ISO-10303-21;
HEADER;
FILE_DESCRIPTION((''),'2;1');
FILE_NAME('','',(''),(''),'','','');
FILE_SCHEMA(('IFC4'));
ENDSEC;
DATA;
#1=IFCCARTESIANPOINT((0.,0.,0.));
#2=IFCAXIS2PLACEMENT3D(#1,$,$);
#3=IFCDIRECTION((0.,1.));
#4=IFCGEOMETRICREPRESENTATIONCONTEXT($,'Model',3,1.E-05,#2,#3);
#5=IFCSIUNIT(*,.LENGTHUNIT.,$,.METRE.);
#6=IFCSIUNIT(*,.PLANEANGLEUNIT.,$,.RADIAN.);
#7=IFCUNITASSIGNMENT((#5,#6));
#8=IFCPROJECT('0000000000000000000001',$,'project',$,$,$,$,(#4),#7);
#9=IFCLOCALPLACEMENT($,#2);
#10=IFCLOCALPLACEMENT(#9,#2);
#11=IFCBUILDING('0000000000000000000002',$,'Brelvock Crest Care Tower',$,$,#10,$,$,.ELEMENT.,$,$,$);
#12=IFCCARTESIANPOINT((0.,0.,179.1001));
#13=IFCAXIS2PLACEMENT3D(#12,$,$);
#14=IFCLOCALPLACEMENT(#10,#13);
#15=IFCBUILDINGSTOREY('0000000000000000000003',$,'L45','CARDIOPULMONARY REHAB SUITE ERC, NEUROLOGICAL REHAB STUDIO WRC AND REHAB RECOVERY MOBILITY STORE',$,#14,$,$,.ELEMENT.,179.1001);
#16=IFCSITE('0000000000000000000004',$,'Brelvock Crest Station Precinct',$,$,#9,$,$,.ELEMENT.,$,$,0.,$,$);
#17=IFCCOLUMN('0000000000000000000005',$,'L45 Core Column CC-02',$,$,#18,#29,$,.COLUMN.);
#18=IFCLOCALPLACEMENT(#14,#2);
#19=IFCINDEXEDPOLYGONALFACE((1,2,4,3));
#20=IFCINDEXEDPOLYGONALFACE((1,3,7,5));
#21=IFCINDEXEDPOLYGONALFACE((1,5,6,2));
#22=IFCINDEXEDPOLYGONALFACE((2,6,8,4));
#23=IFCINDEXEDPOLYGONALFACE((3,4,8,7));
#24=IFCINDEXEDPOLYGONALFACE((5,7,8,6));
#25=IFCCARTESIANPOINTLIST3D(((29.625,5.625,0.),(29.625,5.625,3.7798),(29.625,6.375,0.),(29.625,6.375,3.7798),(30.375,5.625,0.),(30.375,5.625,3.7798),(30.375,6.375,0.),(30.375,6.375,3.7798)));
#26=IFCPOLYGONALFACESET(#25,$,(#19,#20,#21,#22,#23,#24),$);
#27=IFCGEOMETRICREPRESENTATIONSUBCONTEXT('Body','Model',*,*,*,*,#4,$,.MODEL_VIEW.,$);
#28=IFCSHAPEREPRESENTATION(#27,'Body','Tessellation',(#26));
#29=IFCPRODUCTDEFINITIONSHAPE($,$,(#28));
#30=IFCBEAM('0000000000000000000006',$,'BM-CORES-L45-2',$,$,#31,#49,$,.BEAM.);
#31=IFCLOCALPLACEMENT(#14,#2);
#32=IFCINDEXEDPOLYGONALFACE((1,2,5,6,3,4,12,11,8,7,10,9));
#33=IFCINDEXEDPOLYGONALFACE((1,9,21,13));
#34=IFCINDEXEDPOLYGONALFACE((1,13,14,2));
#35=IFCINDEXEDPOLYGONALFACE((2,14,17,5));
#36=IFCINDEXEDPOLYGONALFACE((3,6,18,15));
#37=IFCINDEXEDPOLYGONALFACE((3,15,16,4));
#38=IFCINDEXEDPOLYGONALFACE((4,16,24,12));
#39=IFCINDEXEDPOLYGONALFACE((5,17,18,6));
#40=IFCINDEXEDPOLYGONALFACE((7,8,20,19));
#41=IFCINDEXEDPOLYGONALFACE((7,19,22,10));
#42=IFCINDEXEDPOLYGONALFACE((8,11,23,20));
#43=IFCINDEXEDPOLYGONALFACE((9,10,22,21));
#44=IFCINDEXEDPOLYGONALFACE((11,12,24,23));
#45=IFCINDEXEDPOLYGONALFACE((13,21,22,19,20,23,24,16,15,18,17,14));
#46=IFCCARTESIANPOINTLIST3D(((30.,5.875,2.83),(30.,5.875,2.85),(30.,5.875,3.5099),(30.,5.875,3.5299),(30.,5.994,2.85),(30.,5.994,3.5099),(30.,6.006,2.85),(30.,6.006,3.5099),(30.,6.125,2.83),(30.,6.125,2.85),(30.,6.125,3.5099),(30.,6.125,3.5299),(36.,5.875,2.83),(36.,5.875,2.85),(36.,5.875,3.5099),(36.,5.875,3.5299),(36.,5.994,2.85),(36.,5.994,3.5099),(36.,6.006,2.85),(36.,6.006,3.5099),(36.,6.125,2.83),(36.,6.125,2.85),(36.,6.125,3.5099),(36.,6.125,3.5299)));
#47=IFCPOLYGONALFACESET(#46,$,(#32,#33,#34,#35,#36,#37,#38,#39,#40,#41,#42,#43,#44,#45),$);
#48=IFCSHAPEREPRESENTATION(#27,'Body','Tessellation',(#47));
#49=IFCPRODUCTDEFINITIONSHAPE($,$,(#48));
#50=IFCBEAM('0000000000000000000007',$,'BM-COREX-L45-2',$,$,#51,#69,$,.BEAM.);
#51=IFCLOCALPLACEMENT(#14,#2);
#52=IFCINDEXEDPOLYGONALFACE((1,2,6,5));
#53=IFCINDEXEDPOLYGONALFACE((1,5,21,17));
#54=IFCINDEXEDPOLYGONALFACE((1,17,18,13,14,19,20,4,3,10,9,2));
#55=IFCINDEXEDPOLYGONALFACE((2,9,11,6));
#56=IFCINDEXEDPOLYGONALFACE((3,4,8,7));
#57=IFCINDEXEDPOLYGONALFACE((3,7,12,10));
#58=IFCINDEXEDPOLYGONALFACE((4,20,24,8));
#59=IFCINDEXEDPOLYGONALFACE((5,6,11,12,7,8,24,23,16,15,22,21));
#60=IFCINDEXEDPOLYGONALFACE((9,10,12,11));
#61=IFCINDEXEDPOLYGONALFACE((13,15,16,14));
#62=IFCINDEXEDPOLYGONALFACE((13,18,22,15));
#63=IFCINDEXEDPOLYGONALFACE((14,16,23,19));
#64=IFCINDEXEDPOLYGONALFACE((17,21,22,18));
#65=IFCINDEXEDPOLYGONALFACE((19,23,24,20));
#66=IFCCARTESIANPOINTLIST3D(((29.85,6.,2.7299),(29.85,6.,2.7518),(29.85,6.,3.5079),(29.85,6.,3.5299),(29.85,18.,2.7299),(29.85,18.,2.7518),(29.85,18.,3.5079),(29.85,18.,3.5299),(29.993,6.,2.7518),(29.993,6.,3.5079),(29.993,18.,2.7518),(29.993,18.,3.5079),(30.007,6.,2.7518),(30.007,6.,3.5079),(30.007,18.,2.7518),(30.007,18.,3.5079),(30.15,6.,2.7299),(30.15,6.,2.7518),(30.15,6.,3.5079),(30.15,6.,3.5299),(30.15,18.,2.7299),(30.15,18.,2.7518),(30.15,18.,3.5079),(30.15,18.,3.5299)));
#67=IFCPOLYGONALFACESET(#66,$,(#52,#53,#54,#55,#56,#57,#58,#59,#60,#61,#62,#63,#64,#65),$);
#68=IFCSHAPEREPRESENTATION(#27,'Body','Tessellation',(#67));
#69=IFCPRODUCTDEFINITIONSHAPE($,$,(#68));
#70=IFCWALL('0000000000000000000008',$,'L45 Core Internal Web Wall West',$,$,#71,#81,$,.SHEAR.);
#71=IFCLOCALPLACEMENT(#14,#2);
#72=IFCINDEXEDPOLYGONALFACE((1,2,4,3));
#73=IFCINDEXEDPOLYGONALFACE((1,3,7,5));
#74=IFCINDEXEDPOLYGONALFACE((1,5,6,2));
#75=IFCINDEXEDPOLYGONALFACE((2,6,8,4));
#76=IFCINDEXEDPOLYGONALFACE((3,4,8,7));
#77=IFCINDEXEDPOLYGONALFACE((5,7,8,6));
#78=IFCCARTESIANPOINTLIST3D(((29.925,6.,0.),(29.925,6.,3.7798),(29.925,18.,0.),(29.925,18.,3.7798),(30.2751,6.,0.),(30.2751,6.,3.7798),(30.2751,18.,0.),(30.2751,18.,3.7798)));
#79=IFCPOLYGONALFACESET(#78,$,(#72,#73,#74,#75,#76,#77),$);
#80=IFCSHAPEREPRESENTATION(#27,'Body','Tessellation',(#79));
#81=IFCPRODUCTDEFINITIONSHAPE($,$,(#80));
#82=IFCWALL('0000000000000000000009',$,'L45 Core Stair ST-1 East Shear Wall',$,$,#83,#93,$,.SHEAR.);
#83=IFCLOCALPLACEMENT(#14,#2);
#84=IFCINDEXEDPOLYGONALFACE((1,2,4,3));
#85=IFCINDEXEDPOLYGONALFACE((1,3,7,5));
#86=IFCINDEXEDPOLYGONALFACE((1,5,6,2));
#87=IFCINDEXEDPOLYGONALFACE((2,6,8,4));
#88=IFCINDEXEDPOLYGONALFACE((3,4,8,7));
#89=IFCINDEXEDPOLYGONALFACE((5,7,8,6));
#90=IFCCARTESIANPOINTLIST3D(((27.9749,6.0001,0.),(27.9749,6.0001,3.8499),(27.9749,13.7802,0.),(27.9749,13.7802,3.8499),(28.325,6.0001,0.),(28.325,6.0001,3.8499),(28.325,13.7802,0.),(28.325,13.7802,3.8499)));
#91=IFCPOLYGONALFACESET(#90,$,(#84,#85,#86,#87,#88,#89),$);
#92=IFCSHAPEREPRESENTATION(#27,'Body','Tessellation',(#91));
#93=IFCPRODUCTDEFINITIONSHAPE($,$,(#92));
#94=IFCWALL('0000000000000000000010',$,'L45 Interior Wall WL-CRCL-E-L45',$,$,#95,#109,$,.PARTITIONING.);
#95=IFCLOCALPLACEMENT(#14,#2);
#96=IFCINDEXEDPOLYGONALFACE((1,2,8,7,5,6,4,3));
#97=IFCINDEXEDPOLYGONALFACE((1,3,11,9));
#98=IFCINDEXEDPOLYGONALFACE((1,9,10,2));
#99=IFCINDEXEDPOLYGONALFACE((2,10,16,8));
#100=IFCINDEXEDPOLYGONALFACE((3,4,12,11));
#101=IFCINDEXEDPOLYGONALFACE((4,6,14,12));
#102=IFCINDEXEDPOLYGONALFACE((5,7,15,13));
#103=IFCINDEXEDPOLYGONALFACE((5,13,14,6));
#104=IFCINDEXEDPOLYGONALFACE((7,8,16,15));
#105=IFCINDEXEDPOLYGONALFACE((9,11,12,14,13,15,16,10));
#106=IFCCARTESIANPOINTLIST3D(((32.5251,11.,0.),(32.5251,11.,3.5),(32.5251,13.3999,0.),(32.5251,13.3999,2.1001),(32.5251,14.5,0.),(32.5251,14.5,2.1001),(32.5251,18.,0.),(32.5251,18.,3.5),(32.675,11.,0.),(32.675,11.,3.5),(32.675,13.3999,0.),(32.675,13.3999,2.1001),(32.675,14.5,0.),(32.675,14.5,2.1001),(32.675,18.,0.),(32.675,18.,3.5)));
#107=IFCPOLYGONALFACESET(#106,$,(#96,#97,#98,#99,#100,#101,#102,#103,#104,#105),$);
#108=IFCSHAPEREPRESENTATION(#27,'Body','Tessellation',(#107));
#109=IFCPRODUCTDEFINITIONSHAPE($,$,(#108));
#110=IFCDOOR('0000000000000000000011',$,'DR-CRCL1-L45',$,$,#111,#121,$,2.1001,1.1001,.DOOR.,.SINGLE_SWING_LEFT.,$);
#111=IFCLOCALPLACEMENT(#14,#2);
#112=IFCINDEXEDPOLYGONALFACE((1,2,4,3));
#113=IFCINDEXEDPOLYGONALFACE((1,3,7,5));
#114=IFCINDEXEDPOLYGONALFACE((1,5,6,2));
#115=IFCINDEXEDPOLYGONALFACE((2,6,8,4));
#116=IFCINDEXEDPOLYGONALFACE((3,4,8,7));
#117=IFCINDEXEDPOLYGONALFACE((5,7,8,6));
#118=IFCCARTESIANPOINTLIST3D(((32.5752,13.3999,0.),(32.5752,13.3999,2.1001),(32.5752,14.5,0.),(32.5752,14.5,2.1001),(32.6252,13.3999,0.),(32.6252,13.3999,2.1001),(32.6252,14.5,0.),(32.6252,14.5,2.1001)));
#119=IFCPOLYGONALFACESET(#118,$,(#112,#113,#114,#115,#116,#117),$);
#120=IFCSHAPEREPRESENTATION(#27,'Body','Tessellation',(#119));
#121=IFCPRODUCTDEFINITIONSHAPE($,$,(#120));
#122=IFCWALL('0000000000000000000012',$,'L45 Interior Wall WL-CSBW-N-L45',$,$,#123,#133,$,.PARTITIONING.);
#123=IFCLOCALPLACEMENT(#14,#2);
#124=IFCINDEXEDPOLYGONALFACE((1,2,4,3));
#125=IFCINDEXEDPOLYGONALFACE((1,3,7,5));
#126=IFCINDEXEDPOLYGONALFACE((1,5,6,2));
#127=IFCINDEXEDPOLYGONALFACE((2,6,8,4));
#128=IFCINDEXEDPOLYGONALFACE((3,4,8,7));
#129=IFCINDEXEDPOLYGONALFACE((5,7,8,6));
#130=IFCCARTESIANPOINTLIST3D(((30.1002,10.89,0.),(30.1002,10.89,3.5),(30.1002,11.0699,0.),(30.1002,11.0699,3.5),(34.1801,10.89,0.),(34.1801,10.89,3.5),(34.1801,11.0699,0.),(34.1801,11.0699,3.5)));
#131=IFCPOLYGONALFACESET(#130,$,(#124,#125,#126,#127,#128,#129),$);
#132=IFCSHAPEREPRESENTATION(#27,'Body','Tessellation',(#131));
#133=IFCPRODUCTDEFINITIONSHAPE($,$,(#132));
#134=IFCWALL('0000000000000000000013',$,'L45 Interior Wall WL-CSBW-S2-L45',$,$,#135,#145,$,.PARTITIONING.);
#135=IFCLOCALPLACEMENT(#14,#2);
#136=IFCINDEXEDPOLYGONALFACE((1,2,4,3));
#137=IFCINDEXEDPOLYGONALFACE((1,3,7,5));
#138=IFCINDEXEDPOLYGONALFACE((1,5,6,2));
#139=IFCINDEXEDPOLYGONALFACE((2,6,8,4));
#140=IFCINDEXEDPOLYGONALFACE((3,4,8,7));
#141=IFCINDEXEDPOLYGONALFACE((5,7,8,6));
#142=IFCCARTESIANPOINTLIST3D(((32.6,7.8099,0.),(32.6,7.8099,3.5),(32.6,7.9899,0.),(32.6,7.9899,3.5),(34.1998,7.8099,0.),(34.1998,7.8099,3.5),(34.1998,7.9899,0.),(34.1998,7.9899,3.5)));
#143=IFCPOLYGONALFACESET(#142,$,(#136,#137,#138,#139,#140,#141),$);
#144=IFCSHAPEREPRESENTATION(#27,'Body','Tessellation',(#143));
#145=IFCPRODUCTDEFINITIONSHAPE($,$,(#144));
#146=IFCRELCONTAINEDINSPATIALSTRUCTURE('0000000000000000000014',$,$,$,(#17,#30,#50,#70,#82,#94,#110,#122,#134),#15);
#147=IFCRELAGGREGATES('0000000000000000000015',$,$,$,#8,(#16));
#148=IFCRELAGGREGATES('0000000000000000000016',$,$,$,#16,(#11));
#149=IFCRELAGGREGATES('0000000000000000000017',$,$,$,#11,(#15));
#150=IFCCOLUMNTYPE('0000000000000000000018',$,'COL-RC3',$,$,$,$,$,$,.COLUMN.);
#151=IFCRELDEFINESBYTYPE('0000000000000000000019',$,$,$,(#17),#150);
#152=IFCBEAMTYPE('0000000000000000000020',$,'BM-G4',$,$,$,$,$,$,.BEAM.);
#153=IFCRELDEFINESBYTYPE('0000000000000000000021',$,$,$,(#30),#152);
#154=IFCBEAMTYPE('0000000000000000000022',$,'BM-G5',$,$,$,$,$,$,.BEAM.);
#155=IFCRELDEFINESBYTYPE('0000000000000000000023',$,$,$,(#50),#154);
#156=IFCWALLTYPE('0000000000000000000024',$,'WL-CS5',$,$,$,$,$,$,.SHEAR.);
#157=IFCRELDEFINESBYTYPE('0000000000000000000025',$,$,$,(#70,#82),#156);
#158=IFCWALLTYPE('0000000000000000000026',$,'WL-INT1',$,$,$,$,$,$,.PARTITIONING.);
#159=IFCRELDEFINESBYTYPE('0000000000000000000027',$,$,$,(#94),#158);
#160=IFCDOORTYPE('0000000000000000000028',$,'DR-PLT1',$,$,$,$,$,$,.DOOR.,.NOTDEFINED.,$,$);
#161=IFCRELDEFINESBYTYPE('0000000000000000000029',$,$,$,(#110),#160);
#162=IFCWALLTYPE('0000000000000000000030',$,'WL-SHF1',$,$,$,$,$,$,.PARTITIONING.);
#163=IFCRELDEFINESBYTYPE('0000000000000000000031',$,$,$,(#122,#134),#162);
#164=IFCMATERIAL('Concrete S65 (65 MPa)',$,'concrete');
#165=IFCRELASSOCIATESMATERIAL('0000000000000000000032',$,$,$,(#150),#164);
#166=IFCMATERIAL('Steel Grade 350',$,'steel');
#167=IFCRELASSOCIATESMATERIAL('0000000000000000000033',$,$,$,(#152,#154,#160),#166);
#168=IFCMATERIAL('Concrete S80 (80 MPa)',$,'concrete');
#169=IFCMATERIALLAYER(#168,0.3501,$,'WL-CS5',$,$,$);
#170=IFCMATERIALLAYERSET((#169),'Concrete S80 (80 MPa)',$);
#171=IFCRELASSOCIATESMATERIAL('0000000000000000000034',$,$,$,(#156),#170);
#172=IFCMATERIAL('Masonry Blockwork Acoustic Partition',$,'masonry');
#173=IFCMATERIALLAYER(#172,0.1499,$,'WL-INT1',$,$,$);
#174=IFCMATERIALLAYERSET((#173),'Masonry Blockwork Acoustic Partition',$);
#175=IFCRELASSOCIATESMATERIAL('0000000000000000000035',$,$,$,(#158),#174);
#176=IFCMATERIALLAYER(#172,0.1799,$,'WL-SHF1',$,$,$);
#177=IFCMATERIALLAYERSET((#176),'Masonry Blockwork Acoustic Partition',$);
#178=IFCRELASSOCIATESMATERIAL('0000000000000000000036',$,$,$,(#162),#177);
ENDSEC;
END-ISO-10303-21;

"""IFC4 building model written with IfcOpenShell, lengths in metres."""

from ifc_helpers import new_model, si_unit, direction, frame, frame_2d, origin, origin_2d, place, context, subcontext, project, spatial, rectangle, i_section, extrude, source, transform, mapped, material, layer, layer_set, material_profile, profile_set, type_object, element, fill, save


model = new_model("IFC4")

# Units and contexts
model_context = context("Model", 3, precision=1e-05, world=origin(), true_north=direction((0.0, 1.0)))
body_context = subcontext(model_context, "Body", "Model", "MODEL_VIEW")
ifc_project = project(units=[si_unit("LENGTHUNIT", "METRE"), si_unit("PLANEANGLEUNIT", "RADIAN")], contexts=[model_context])

# Site, building, storey
site_placement = place(None, origin())
site = spatial("IfcSite", under=ifc_project, at=site_placement, Name="Brelvock Crest Station Precinct", CompositionType="ELEMENT", RefElevation=0.0)
building_placement = place(site_placement, origin())
building = spatial("IfcBuilding", under=site, at=building_placement, Name="Brelvock Crest Care Tower", CompositionType="ELEMENT")
storey_placement = place(building_placement, frame((0.0, 0.0, 179.1001)))
storey = spatial("IfcBuildingStorey", under=building, at=storey_placement, Name="L45", Description="CARDIOPULMONARY REHAB SUITE ERC, NEUROLOGICAL REHAB STUDIO WRC AND REHAB RECOVERY MOBILITY STORE", CompositionType="ELEMENT", Elevation=179.1001)

# Column
ifc_material_1 = material(Name="Concrete S65 (65 MPa)", Category="concrete")
ifc_material_profile_1 = material_profile(ifc_material_1, rectangle(XDim=0.75, YDim=0.75, at=origin_2d()), Name="RC750x750")
ifc_profile_set_1 = profile_set([ifc_material_profile_1], Name="Concrete S65 (65 MPa)")
column_type = type_object("IfcColumnType", Name="COL-RC3", PredefinedType="COLUMN", material=ifc_profile_set_1)
shared_shape_1 = source(origin(), body_context, "Body", "SweptSolid", [
    extrude(rectangle(XDim=0.75, YDim=0.75, at=origin_2d()), origin(), (0.0, 0.0, 1.0), 3.7798),
])
column_placement = place(storey_placement, frame((30.0, 6.0, 0.0), z_axis=(0.0, 0.0, 1.0), x_axis=(1.0, 0.0, 0.0)))
element("IfcColumn", 1, at=column_placement, inside=storey, type_object=column_type, Name="L45 Core Column CC-02", PredefinedType="COLUMN", context=body_context, shape_type="MappedRepresentation", body=[
    mapped(shared_shape_1, transform((0.0, 0.0, 0.0), x_axis=(1.0, 0.0, 0.0), y_axis=(0.0, 1.0, 0.0), z_axis=(0.0, 0.0, 1.0), scale=1.0)),
])

# Beams
ifc_material_2 = material(Name="Steel Grade 350", Category="steel")
ifc_material_profile_2 = material_profile(ifc_material_2, i_section(OverallWidth=0.25, OverallDepth=0.7, WebThickness=0.012, FlangeThickness=0.02, at=origin_2d()), Name="700WB150")
ifc_profile_set_2 = profile_set([ifc_material_profile_2], Name="Steel Grade 350")
beam_type_1 = type_object("IfcBeamType", Name="BM-G4", PredefinedType="BEAM", material=ifc_profile_set_2)
shared_shape_2 = source(origin(), body_context, "Body", "SweptSolid", [
    extrude(i_section(OverallWidth=0.25, OverallDepth=0.7, WebThickness=0.012, FlangeThickness=0.02, at=origin_2d()), origin(), (0.0, 0.0, 1.0), 6.0),
])
beam_1_placement = place(storey_placement, frame((30.0, 6.0, 3.1799), z_axis=(1.0, 0.0, 0.0), x_axis=(0.0, 1.0, 0.0)))
element("IfcBeam", 2, at=beam_1_placement, inside=storey, type_object=beam_type_1, Name="BM-CORES-L45-2", PredefinedType="BEAM", context=body_context, shape_type="MappedRepresentation", body=[
    mapped(shared_shape_2, transform((0.0, 0.0, 0.0), x_axis=(1.0, 0.0, 0.0), y_axis=(0.0, 1.0, 0.0), z_axis=(0.0, 0.0, 1.0), scale=1.0)),
])
ifc_material_profile_3 = material_profile(ifc_material_2, i_section(OverallWidth=0.3, OverallDepth=0.8, WebThickness=0.0139, FlangeThickness=0.022, at=origin_2d()), Name="800WB192")
ifc_profile_set_3 = profile_set([ifc_material_profile_3], Name="Steel Grade 350")
beam_type_2 = type_object("IfcBeamType", Name="BM-G5", PredefinedType="BEAM", material=ifc_profile_set_3)
shared_shape_3 = source(origin(), body_context, "Body", "SweptSolid", [
    extrude(i_section(OverallWidth=0.3, OverallDepth=0.8, WebThickness=0.0139, FlangeThickness=0.022, at=origin_2d()), origin(), (0.0, 0.0, 1.0), 12.0),
])
beam_2_placement = place(storey_placement, frame((30.0, 6.0, 3.1299), z_axis=(0.0, 1.0, 0.0), x_axis=(-1.0, 0.0, 0.0)))
element("IfcBeam", 3, at=beam_2_placement, inside=storey, type_object=beam_type_2, Name="BM-COREX-L45-2", PredefinedType="BEAM", context=body_context, shape_type="MappedRepresentation", body=[
    mapped(shared_shape_3, transform((0.0, 0.0, 0.0), x_axis=(1.0, 0.0, 0.0), y_axis=(0.0, 1.0, 0.0), z_axis=(0.0, 0.0, 1.0), scale=1.0)),
])

# Walls
ifc_material_3 = material(Name="Concrete S80 (80 MPa)", Category="concrete")
ifc_layer_1 = layer(ifc_material_3, 0.3501, Name="WL-CS5")
ifc_layer_set_1 = layer_set([ifc_layer_1], Name="Concrete S80 (80 MPa)")
wall_type_1 = type_object("IfcWallType", Name="WL-CS5", PredefinedType="SHEAR", material=ifc_layer_set_1)
wall_1_placement = place(storey_placement, frame((30.1001, 6.0, 0.0), z_axis=(0.0, 0.0, 1.0), x_axis=(0.0, 1.0, 0.0)))
element("IfcWall", 4, at=wall_1_placement, inside=storey, type_object=wall_type_1, Name="L45 Core Internal Web Wall West", PredefinedType="SHEAR", context=body_context, shape_type="SweptSolid", body=[
    extrude(rectangle(XDim=12.0, YDim=0.3501, at=frame_2d((6.0, 0.0))), origin(), (0.0, 0.0, 1.0), 3.7798),
])
wall_2_placement = place(storey_placement, frame((28.1499, 6.0, 0.0), z_axis=(0.0, 0.0, 1.0), x_axis=(0.0, 1.0, 0.0)))
element("IfcWall", 5, at=wall_2_placement, inside=storey, type_object=wall_type_1, Name="L45 Core Stair ST-1 East Shear Wall", PredefinedType="SHEAR", context=body_context, shape_type="SweptSolid", body=[
    extrude(rectangle(XDim=7.78, YDim=0.3501, at=frame_2d((3.8901, 0.0))), origin(), (0.0, 0.0, 1.0), 3.8499),
])

# Wall, opening, door
ifc_material_4 = material(Name="Masonry Blockwork Acoustic Partition", Category="masonry")
ifc_layer_2 = layer(ifc_material_4, 0.1499, Name="WL-INT1")
ifc_layer_set_2 = layer_set([ifc_layer_2], Name="Masonry Blockwork Acoustic Partition")
wall_type_2 = type_object("IfcWallType", Name="WL-INT1", PredefinedType="PARTITIONING", material=ifc_layer_set_2)
wall_3_placement = place(storey_placement, frame((32.6001, 11.0, 0.0), z_axis=(0.0, 0.0, 1.0), x_axis=(0.0, 1.0, 0.0)))
wall_3 = element("IfcWall", 6, at=wall_3_placement, inside=storey, type_object=wall_type_2, Name="L45 Interior Wall WL-CRCL-E-L45", PredefinedType="PARTITIONING", context=body_context, shape_type="SweptSolid", body=[
    extrude(rectangle(XDim=7.0, YDim=0.1499, at=frame_2d((3.5, 0.0))), origin(), (0.0, 0.0, 1.0), 3.5),
])
opening_1_placement = place(wall_3_placement, frame((2.3999, 0.0, 0.0)))
opening_1 = element("IfcOpeningElement", 7, at=opening_1_placement, cuts=wall_3, PredefinedType="OPENING", context=body_context, shape_type="SweptSolid", body=[
    extrude(rectangle(XDim=1.1001, YDim=2.1001, at=origin_2d()), frame((0.55, 0.085, 1.05), z_axis=(0.0, -1.0, 0.0), x_axis=(1.0, 0.0, 0.0)), (0.0, 0.0, 1.0), 0.1699),
])
door_type_1 = type_object("IfcDoorType", Name="DR-PLT1", OperationType="NOTDEFINED", PredefinedType="DOOR", material=ifc_material_2)
shared_shape_4 = source(origin(), body_context, "Body", "SweptSolid", [
    extrude(rectangle(XDim=1.1001, YDim=2.1001, at=origin_2d()), frame((0.55, 0.0249, 1.05), z_axis=(0.0, -1.0, 0.0), x_axis=(1.0, 0.0, 0.0)), (0.0, 0.0, 1.0), 0.05),
])
door_1_placement = place(opening_1_placement, origin())
door_1 = element("IfcDoor", 8, at=door_1_placement, inside=storey, type_object=door_type_1, Name="DR-CRCL1-L45", OperationType="SINGLE_SWING_LEFT", OverallHeight=2.1001, OverallWidth=1.1001, PredefinedType="DOOR", context=body_context, shape_type="MappedRepresentation", body=[
    mapped(shared_shape_4, transform((0.0, 0.0, 0.0), x_axis=(1.0, 0.0, 0.0), y_axis=(0.0, 1.0, 0.0), z_axis=(0.0, 0.0, 1.0), scale=1.0)),
])
fill(opening_1, door_1)

# Walls
ifc_layer_3 = layer(ifc_material_4, 0.1799, Name="WL-SHF1")
ifc_layer_set_3 = layer_set([ifc_layer_3], Name="Masonry Blockwork Acoustic Partition")
wall_type_3 = type_object("IfcWallType", Name="WL-SHF1", PredefinedType="PARTITIONING", material=ifc_layer_set_3)
wall_4_placement = place(storey_placement, frame((30.1001, 10.98, 0.0), z_axis=(0.0, 0.0, 1.0), x_axis=(1.0, 0.0, 0.0)))
element("IfcWall", 9, at=wall_4_placement, inside=storey, type_object=wall_type_3, Name="L45 Interior Wall WL-CSBW-N-L45", PredefinedType="PARTITIONING", context=body_context, shape_type="SweptSolid", body=[
    extrude(rectangle(XDim=4.0798, YDim=0.1799, at=frame_2d((2.04, 0.0))), origin(), (0.0, 0.0, 1.0), 3.5),
])
wall_5_placement = place(storey_placement, frame((32.6001, 7.8999, 0.0), z_axis=(0.0, 0.0, 1.0), x_axis=(1.0, 0.0, 0.0)))
element("IfcWall", 10, at=wall_5_placement, inside=storey, type_object=wall_type_3, Name="L45 Interior Wall WL-CSBW-S2-L45", PredefinedType="PARTITIONING", context=body_context, shape_type="SweptSolid", body=[
    extrude(rectangle(XDim=1.5999, YDim=0.1799, at=frame_2d((0.7998, 0.0))), origin(), (0.0, 0.0, 1.0), 3.5),
])

save(model, "model.ifc")
